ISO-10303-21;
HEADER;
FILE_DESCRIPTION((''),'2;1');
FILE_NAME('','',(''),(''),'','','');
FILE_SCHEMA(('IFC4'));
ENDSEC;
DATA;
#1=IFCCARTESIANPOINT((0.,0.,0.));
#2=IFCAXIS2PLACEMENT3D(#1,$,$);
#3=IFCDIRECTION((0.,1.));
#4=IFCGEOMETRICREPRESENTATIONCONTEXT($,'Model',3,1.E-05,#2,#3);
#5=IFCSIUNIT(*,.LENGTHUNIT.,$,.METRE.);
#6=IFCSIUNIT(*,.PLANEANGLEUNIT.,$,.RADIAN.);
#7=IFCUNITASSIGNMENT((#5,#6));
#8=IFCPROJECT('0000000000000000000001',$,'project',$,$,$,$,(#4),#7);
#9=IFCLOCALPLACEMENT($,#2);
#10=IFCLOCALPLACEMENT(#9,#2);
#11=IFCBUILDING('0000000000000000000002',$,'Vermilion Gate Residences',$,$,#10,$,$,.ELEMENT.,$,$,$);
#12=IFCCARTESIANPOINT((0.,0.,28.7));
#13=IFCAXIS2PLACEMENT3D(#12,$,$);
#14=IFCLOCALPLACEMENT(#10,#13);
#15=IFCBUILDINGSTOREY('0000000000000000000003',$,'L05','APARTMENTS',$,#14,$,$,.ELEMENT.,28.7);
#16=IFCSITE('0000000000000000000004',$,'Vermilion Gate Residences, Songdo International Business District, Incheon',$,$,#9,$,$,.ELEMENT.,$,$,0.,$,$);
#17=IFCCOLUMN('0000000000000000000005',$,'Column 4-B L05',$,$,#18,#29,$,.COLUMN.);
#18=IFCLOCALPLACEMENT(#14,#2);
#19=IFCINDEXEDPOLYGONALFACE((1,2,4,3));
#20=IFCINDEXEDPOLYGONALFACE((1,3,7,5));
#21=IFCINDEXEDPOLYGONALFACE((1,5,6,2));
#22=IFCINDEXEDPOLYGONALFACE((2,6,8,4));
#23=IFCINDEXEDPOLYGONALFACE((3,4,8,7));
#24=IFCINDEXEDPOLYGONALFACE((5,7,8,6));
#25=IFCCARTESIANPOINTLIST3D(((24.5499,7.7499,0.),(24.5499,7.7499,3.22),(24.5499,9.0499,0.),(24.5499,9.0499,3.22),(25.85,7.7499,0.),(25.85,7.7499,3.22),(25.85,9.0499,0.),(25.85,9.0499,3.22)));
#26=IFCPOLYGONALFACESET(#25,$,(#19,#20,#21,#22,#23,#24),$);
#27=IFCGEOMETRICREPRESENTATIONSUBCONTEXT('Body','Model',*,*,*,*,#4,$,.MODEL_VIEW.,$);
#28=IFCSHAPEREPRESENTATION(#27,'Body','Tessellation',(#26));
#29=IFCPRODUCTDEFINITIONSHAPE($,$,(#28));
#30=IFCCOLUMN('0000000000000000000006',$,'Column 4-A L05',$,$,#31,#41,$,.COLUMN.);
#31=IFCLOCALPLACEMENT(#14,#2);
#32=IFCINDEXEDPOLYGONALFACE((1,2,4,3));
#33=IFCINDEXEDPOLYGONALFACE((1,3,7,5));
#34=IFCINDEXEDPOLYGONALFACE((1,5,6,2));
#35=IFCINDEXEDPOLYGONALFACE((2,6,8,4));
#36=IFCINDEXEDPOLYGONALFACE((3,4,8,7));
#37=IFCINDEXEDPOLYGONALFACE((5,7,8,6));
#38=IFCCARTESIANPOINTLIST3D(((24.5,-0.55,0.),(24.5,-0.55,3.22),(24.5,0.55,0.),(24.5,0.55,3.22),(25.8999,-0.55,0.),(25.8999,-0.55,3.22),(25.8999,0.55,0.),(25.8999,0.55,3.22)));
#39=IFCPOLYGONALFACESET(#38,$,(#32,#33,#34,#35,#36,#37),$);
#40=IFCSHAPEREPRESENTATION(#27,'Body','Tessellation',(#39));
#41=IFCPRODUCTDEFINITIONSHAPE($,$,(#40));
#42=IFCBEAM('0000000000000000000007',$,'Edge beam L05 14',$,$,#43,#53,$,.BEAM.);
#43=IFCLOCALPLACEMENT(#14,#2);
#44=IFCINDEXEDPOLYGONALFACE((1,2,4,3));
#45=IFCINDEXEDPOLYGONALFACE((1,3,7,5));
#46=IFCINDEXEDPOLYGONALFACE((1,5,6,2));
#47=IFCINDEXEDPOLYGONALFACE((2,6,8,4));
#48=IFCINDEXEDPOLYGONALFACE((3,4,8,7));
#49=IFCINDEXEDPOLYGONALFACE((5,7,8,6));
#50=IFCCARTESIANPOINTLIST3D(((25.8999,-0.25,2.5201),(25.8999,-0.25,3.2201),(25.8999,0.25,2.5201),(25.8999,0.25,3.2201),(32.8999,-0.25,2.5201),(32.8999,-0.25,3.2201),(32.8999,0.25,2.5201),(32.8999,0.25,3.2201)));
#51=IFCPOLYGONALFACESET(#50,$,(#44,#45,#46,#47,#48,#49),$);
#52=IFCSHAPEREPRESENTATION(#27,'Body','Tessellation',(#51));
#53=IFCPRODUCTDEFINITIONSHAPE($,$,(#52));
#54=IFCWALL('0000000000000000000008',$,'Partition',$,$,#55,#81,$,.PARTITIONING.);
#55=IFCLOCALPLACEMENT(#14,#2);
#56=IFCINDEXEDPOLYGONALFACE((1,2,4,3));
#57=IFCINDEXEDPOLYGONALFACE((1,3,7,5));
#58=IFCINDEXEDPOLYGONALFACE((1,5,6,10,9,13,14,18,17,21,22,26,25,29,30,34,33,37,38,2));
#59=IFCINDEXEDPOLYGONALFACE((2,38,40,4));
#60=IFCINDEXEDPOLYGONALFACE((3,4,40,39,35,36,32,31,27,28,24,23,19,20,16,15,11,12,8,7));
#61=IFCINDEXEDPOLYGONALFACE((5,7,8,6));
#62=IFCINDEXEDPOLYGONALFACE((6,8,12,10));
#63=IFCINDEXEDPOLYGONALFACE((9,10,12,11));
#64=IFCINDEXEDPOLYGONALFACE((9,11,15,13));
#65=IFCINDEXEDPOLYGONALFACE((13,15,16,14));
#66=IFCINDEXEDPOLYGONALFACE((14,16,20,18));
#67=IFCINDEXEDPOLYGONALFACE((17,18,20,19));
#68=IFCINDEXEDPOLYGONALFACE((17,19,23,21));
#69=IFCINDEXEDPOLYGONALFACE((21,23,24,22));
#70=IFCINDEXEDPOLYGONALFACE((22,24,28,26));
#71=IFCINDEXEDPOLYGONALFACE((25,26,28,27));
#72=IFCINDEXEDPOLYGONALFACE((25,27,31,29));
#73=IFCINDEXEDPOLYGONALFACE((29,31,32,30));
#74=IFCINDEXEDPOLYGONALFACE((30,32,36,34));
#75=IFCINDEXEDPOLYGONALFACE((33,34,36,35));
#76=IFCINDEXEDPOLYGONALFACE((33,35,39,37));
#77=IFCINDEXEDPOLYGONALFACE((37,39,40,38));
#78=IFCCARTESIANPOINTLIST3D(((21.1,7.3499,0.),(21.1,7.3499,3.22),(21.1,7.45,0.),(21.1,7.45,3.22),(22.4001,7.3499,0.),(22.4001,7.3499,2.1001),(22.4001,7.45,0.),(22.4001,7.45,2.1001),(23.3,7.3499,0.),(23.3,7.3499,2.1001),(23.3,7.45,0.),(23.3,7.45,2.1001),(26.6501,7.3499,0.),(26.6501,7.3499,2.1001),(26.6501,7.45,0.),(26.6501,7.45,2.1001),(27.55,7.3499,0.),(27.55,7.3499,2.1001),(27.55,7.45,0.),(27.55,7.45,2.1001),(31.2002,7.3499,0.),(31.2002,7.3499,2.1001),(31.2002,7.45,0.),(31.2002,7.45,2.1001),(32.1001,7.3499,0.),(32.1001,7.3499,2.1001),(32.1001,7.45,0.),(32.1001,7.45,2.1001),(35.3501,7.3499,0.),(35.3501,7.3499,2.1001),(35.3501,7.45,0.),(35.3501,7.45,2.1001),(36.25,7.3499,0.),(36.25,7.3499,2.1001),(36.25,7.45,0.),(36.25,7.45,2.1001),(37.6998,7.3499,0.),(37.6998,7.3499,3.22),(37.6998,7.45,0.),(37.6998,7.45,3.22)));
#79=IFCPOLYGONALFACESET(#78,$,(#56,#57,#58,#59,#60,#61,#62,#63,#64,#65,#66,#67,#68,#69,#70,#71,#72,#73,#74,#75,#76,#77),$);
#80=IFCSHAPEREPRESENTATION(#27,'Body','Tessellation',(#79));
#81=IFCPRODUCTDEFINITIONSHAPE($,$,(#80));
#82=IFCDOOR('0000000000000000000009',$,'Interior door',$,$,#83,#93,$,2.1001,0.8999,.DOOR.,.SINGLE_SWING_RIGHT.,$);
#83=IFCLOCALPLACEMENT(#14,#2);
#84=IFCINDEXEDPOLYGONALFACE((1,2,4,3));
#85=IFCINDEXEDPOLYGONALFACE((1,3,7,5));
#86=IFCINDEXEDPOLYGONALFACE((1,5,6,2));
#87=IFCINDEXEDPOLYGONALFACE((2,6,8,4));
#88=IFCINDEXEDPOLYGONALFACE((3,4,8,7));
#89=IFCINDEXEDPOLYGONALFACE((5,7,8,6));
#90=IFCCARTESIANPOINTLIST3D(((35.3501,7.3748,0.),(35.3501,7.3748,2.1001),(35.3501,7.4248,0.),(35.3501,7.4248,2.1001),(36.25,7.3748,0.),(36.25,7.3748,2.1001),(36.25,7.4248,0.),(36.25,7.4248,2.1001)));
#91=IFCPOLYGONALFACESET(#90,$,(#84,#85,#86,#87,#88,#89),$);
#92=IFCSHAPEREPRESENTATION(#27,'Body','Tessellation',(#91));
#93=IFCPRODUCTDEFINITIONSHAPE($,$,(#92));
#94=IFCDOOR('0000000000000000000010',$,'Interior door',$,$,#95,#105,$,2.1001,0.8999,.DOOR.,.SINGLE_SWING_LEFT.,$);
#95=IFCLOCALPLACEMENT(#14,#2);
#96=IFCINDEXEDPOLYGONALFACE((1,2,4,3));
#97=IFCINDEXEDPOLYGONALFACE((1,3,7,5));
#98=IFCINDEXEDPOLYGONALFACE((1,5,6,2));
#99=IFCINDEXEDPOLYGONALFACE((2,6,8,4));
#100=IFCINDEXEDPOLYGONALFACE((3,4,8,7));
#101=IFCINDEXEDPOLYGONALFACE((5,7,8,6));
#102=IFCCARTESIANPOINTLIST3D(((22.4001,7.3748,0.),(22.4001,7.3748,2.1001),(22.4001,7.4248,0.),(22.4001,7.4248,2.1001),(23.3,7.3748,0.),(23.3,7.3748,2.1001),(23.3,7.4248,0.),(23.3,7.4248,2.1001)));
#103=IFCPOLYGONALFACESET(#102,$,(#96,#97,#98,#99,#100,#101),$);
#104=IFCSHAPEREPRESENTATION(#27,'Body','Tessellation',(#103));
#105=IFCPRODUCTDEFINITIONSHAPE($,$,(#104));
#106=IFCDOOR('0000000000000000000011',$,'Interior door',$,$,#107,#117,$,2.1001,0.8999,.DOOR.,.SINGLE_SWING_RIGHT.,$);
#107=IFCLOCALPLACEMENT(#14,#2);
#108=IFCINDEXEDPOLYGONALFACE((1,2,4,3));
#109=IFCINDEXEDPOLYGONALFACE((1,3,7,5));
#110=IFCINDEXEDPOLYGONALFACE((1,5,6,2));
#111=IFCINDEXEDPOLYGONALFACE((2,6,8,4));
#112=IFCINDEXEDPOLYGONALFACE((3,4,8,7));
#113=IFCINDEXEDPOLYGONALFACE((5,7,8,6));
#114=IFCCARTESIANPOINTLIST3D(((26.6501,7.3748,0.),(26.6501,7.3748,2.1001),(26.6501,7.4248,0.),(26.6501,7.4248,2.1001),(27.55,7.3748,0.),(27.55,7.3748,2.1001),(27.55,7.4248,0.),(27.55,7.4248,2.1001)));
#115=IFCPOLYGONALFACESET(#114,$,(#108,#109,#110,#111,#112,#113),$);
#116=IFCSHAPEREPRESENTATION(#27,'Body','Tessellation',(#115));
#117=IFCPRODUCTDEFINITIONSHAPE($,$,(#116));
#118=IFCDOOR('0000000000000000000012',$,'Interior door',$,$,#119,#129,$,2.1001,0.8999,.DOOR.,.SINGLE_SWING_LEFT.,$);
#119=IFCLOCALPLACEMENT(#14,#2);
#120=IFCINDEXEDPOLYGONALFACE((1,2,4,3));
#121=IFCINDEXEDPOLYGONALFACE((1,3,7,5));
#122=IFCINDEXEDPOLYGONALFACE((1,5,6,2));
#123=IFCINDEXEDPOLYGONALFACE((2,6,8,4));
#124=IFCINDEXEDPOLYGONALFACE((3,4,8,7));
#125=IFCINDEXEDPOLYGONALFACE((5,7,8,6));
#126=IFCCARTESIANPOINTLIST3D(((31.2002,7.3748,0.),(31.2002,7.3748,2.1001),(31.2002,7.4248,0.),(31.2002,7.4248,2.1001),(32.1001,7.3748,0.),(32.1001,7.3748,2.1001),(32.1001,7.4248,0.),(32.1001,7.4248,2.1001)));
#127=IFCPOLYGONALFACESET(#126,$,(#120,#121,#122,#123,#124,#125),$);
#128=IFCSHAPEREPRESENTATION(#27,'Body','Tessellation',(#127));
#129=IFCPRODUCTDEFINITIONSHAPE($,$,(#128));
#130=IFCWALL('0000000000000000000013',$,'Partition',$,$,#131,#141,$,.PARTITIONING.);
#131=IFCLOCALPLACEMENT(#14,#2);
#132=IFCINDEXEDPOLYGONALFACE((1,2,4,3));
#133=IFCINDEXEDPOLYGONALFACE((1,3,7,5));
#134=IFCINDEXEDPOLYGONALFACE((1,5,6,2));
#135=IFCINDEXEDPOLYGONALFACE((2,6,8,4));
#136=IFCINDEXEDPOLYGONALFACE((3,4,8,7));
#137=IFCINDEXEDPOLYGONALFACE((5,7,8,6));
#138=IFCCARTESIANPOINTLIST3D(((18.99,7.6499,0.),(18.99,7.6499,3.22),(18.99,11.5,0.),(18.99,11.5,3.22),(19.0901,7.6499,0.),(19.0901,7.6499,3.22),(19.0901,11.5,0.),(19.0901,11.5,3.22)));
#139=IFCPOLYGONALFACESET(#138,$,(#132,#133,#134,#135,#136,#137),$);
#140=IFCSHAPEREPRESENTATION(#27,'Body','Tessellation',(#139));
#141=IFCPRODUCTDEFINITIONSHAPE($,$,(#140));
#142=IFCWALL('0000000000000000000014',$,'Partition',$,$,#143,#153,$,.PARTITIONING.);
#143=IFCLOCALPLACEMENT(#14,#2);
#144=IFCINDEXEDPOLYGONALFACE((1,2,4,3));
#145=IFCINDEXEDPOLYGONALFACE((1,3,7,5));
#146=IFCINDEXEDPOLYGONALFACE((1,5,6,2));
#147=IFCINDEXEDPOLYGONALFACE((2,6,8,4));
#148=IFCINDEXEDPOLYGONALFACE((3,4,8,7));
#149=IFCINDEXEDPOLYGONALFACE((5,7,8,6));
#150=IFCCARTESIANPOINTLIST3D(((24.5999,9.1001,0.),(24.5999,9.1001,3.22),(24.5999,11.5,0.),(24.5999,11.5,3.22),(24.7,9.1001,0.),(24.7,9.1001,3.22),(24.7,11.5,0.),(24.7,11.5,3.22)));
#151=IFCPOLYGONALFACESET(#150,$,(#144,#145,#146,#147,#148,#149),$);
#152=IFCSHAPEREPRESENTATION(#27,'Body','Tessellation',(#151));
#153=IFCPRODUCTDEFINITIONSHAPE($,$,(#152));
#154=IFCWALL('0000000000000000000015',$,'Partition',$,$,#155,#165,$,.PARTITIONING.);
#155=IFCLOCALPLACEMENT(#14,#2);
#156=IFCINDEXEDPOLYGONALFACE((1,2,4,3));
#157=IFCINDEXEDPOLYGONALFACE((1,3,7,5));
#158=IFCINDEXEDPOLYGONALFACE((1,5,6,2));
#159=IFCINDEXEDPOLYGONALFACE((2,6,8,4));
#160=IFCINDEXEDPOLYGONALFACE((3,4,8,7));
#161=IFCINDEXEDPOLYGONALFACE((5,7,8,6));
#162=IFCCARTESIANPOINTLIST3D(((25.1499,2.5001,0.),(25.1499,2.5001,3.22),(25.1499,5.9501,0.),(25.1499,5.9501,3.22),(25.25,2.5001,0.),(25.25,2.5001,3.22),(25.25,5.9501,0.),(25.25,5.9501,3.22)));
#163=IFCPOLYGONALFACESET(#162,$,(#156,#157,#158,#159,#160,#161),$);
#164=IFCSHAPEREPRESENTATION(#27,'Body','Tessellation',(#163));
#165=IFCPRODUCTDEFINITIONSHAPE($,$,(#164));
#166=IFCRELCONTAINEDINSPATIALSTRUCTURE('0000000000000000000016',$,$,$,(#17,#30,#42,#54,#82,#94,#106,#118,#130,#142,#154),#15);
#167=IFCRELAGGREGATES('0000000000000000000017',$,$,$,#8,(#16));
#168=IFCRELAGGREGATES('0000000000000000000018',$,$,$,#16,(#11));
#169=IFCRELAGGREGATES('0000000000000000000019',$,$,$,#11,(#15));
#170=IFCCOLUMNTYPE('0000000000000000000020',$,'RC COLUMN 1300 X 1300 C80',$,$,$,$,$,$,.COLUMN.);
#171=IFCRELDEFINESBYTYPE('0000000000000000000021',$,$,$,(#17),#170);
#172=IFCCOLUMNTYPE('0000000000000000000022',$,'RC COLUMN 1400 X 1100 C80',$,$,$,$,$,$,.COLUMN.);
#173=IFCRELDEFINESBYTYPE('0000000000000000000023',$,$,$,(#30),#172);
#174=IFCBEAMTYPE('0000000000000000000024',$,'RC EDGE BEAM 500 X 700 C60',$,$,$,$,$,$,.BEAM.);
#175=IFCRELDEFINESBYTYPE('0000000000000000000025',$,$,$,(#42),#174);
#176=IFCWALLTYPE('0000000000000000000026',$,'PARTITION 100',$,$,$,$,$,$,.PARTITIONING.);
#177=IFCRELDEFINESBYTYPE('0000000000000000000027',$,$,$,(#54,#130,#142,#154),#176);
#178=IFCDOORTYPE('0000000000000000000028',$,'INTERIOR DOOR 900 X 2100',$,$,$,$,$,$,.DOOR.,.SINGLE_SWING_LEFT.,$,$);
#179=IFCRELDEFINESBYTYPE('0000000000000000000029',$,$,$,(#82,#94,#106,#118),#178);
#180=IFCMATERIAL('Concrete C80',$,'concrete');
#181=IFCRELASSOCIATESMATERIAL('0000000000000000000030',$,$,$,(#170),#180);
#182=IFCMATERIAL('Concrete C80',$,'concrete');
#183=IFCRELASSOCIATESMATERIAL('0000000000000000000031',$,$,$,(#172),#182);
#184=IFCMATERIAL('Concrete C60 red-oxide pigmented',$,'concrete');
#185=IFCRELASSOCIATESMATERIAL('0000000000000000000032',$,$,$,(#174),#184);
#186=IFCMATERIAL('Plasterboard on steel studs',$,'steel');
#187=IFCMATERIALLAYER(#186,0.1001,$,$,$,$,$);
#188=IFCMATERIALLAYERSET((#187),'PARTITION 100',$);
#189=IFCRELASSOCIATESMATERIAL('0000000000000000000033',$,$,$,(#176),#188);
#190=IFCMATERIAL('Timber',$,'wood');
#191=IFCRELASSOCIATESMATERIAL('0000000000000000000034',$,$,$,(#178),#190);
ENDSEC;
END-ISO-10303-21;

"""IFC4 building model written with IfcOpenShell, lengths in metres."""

from ifc_helpers import new_model, si_unit, direction, frame, frame_2d, origin, origin_2d, place, context, subcontext, project, spatial, rectangle, extrude, material, layer, layer_set, material_profile, profile_set, type_object, element, fill, save


model = new_model("IFC4")

# Units and contexts
model_context = context("Model", 3, precision=1e-05, world=origin(), true_north=direction((0.0, 1.0)))
body_context = subcontext(model_context, "Body", "Model", "MODEL_VIEW")
ifc_project = project(units=[si_unit("LENGTHUNIT", "METRE"), si_unit("PLANEANGLEUNIT", "RADIAN")], contexts=[model_context])

# Site, building, storey
site_placement = place(None, origin())
site = spatial("IfcSite", under=ifc_project, at=site_placement, Name="Vermilion Gate Residences, Songdo International Business District, Incheon", CompositionType="ELEMENT", RefElevation=0.0)
building_placement = place(site_placement, origin())
building = spatial("IfcBuilding", under=site, at=building_placement, Name="Vermilion Gate Residences", CompositionType="ELEMENT")
storey_placement = place(building_placement, frame((0.0, 0.0, 28.7)))
storey = spatial("IfcBuildingStorey", under=building, at=storey_placement, Name="L05", Description="APARTMENTS", CompositionType="ELEMENT", Elevation=28.7)

# Columns
ifc_material_1 = material(Name="Concrete C80", Category="concrete")
ifc_material_profile_1 = material_profile(ifc_material_1, rectangle(XDim=1.3, YDim=1.3, at=origin_2d()), Name="RC-1300x1300")
ifc_profile_set_1 = profile_set([ifc_material_profile_1], Name="Concrete C80")
column_type_1 = type_object("IfcColumnType", Name="RC COLUMN 1300 X 1300 C80", PredefinedType="COLUMN", material=ifc_profile_set_1)
column_1_placement = place(storey_placement, frame((25.2, 8.3999, 0.0), z_axis=(0.0, 0.0, 1.0), x_axis=(1.0, 0.0, 0.0)))
element("IfcColumn", 1, at=column_1_placement, inside=storey, type_object=column_type_1, Name="Column 4-B L05", PredefinedType="COLUMN", context=body_context, shape_type="SweptSolid", body=[
    extrude(rectangle(XDim=1.3, YDim=1.3, at=origin_2d()), origin(), (0.0, 0.0, 1.0), 3.22),
])
ifc_material_2 = material(Name="Concrete C80", Category="concrete")
ifc_material_profile_2 = material_profile(ifc_material_2, rectangle(XDim=1.3999, YDim=1.1001, at=origin_2d()), Name="RC-1400x1100")
ifc_profile_set_2 = profile_set([ifc_material_profile_2], Name="Concrete C80")
column_type_2 = type_object("IfcColumnType", Name="RC COLUMN 1400 X 1100 C80", PredefinedType="COLUMN", material=ifc_profile_set_2)
column_2_placement = place(storey_placement, frame((25.2, 0.0, 0.0), z_axis=(0.0, 0.0, 1.0), x_axis=(1.0, 0.0, 0.0)))
element("IfcColumn", 2, at=column_2_placement, inside=storey, type_object=column_type_2, Name="Column 4-A L05", PredefinedType="COLUMN", context=body_context, shape_type="SweptSolid", body=[
    extrude(rectangle(XDim=1.3999, YDim=1.1001, at=origin_2d()), origin(), (0.0, 0.0, 1.0), 3.22),
])

# Beam
ifc_material_3 = material(Name="Concrete C60 red-oxide pigmented", Category="concrete")
ifc_material_profile_3 = material_profile(ifc_material_3, rectangle(XDim=0.5, YDim=0.7, at=origin_2d()), Name="RC-500x700")
ifc_profile_set_3 = profile_set([ifc_material_profile_3], Name="Concrete C60 red-oxide pigmented")
beam_type = type_object("IfcBeamType", Name="RC EDGE BEAM 500 X 700 C60", PredefinedType="BEAM", material=ifc_profile_set_3)
beam_placement = place(storey_placement, frame((25.8999, 0.0, 2.8701), z_axis=(1.0, 0.0, 0.0), x_axis=(0.0, 1.0, 0.0)))
element("IfcBeam", 3, at=beam_placement, inside=storey, type_object=beam_type, Name="Edge beam L05 14", PredefinedType="BEAM", context=body_context, shape_type="SweptSolid", body=[
    extrude(rectangle(XDim=0.5, YDim=0.7, at=origin_2d()), origin(), (0.0, 0.0, 1.0), 7.0),
])

# Wall, openings, doors
ifc_material_4 = material(Name="Plasterboard on steel studs", Category="steel")
ifc_layer_1 = layer(ifc_material_4, 0.1001)
ifc_layer_set_1 = layer_set([ifc_layer_1], Name="PARTITION 100")
wall_type_1 = type_object("IfcWallType", Name="PARTITION 100", PredefinedType="PARTITIONING", material=ifc_layer_set_1)
wall_1_placement = place(storey_placement, frame((21.1001, 7.3999, 0.0), z_axis=(0.0, 0.0, 1.0), x_axis=(1.0, 0.0, 0.0)))
wall_1 = element("IfcWall", 4, at=wall_1_placement, inside=storey, type_object=wall_type_1, Name="Partition", PredefinedType="PARTITIONING", context=body_context, shape_type="SweptSolid", body=[
    extrude(rectangle(XDim=16.5999, YDim=0.1001, at=frame_2d((8.2998, 0.0))), origin(), (0.0, 0.0, 1.0), 3.22),
])
opening_1_placement = place(wall_1_placement, frame((14.25, 0.0, 0.0)))
opening_1 = element("IfcOpeningElement", 5, at=opening_1_placement, cuts=wall_1, PredefinedType="OPENING", context=body_context, shape_type="SweptSolid", body=[
    extrude(rectangle(XDim=0.8999, YDim=2.1001, at=frame_2d((0.45, 1.05))), frame((0.0, 0.0601, 0.0), z_axis=(0.0, -1.0, 0.0), x_axis=(1.0, 0.0, 0.0)), (0.0, 0.0, 1.0), 0.1201),
])
opening_2_placement = place(wall_1_placement, frame((1.3, 0.0, 0.0)))
opening_2 = element("IfcOpeningElement", 6, at=opening_2_placement, cuts=wall_1, PredefinedType="OPENING", context=body_context, shape_type="SweptSolid", body=[
    extrude(rectangle(XDim=0.8999, YDim=2.1001, at=frame_2d((0.45, 1.05))), frame((0.0, 0.0601, 0.0), z_axis=(0.0, -1.0, 0.0), x_axis=(1.0, 0.0, 0.0)), (0.0, 0.0, 1.0), 0.1201),
])
opening_3_placement = place(wall_1_placement, frame((5.55, 0.0, 0.0)))
opening_3 = element("IfcOpeningElement", 7, at=opening_3_placement, cuts=wall_1, PredefinedType="OPENING", context=body_context, shape_type="SweptSolid", body=[
    extrude(rectangle(XDim=0.8999, YDim=2.1001, at=frame_2d((0.45, 1.05))), frame((0.0, 0.0601, 0.0), z_axis=(0.0, -1.0, 0.0), x_axis=(1.0, 0.0, 0.0)), (0.0, 0.0, 1.0), 0.1201),
])
opening_4_placement = place(wall_1_placement, frame((10.1001, 0.0, 0.0)))
opening_4 = element("IfcOpeningElement", 8, at=opening_4_placement, cuts=wall_1, PredefinedType="OPENING", context=body_context, shape_type="SweptSolid", body=[
    extrude(rectangle(XDim=0.8999, YDim=2.1001, at=frame_2d((0.45, 1.05))), frame((0.0, 0.0601, 0.0), z_axis=(0.0, -1.0, 0.0), x_axis=(1.0, 0.0, 0.0)), (0.0, 0.0, 1.0), 0.1201),
])
ifc_material_5 = material(Name="Timber", Category="wood")
door_type = type_object("IfcDoorType", Name="INTERIOR DOOR 900 X 2100", OperationType="SINGLE_SWING_LEFT", PredefinedType="DOOR", material=ifc_material_5)
door_1_placement = place(opening_1_placement, origin())
door_1 = element("IfcDoor", 9, at=door_1_placement, inside=storey, type_object=door_type, Name="Interior door", OperationType="SINGLE_SWING_RIGHT", OverallHeight=2.1001, OverallWidth=0.8999, PredefinedType="DOOR", context=body_context, shape_type="SweptSolid", body=[
    extrude(rectangle(XDim=0.8999, YDim=2.1001, at=frame_2d((0.45, 1.05))), frame((0.0, 0.0249, 0.0), z_axis=(0.0, -1.0, 0.0), x_axis=(1.0, 0.0, 0.0)), (0.0, 0.0, 1.0), 0.05),
])
fill(opening_1, door_1)
door_2_placement = place(opening_2_placement, origin())
door_2 = element("IfcDoor", 10, at=door_2_placement, inside=storey, type_object=door_type, Name="Interior door", OperationType="SINGLE_SWING_LEFT", OverallHeight=2.1001, OverallWidth=0.8999, PredefinedType="DOOR", context=body_context, shape_type="SweptSolid", body=[
    extrude(rectangle(XDim=0.8999, YDim=2.1001, at=frame_2d((0.45, 1.05))), frame((0.0, 0.0249, 0.0), z_axis=(0.0, -1.0, 0.0), x_axis=(1.0, 0.0, 0.0)), (0.0, 0.0, 1.0), 0.05),
])
fill(opening_2, door_2)
door_3_placement = place(opening_3_placement, origin())
door_3 = element("IfcDoor", 11, at=door_3_placement, inside=storey, type_object=door_type, Name="Interior door", OperationType="SINGLE_SWING_RIGHT", OverallHeight=2.1001, OverallWidth=0.8999, PredefinedType="DOOR", context=body_context, shape_type="SweptSolid", body=[
    extrude(rectangle(XDim=0.8999, YDim=2.1001, at=frame_2d((0.45, 1.05))), frame((0.0, 0.0249, 0.0), z_axis=(0.0, -1.0, 0.0), x_axis=(1.0, 0.0, 0.0)), (0.0, 0.0, 1.0), 0.05),
])
fill(opening_3, door_3)
door_4_placement = place(opening_4_placement, origin())
door_4 = element("IfcDoor", 12, at=door_4_placement, inside=storey, type_object=door_type, Name="Interior door", OperationType="SINGLE_SWING_LEFT", OverallHeight=2.1001, OverallWidth=0.8999, PredefinedType="DOOR", context=body_context, shape_type="SweptSolid", body=[
    extrude(rectangle(XDim=0.8999, YDim=2.1001, at=frame_2d((0.45, 1.05))), frame((0.0, 0.0249, 0.0), z_axis=(0.0, -1.0, 0.0), x_axis=(1.0, 0.0, 0.0)), (0.0, 0.0, 1.0), 0.05),
])
fill(opening_4, door_4)

# Walls
wall_2_placement = place(storey_placement, frame((19.04, 7.6499, 0.0), z_axis=(0.0, 0.0, 1.0), x_axis=(0.0, 1.0, 0.0)))
element("IfcWall", 13, at=wall_2_placement, inside=storey, type_object=wall_type_1, Name="Partition", PredefinedType="PARTITIONING", context=body_context, shape_type="SweptSolid", body=[
    extrude(rectangle(XDim=3.8501, YDim=0.1001, at=frame_2d((1.925, 0.0))), origin(), (0.0, 0.0, 1.0), 3.22),
])
wall_3_placement = place(storey_placement, frame((24.6499, 9.1001, 0.0), z_axis=(0.0, 0.0, 1.0), x_axis=(0.0, 1.0, 0.0)))
element("IfcWall", 14, at=wall_3_placement, inside=storey, type_object=wall_type_1, Name="Partition", PredefinedType="PARTITIONING", context=body_context, shape_type="SweptSolid", body=[
    extrude(rectangle(XDim=2.3999, YDim=0.1001, at=frame_2d((1.2, 0.0))), origin(), (0.0, 0.0, 1.0), 3.22),
])
wall_4_placement = place(storey_placement, frame((25.2, 2.5, 0.0), z_axis=(0.0, 0.0, 1.0), x_axis=(0.0, 1.0, 0.0)))
element("IfcWall", 15, at=wall_4_placement, inside=storey, type_object=wall_type_1, Name="Partition", PredefinedType="PARTITIONING", context=body_context, shape_type="SweptSolid", body=[
    extrude(rectangle(XDim=3.45, YDim=0.1001, at=frame_2d((1.7251, 0.0))), origin(), (0.0, 0.0, 1.0), 3.22),
])

save(model, "model.ifc")
